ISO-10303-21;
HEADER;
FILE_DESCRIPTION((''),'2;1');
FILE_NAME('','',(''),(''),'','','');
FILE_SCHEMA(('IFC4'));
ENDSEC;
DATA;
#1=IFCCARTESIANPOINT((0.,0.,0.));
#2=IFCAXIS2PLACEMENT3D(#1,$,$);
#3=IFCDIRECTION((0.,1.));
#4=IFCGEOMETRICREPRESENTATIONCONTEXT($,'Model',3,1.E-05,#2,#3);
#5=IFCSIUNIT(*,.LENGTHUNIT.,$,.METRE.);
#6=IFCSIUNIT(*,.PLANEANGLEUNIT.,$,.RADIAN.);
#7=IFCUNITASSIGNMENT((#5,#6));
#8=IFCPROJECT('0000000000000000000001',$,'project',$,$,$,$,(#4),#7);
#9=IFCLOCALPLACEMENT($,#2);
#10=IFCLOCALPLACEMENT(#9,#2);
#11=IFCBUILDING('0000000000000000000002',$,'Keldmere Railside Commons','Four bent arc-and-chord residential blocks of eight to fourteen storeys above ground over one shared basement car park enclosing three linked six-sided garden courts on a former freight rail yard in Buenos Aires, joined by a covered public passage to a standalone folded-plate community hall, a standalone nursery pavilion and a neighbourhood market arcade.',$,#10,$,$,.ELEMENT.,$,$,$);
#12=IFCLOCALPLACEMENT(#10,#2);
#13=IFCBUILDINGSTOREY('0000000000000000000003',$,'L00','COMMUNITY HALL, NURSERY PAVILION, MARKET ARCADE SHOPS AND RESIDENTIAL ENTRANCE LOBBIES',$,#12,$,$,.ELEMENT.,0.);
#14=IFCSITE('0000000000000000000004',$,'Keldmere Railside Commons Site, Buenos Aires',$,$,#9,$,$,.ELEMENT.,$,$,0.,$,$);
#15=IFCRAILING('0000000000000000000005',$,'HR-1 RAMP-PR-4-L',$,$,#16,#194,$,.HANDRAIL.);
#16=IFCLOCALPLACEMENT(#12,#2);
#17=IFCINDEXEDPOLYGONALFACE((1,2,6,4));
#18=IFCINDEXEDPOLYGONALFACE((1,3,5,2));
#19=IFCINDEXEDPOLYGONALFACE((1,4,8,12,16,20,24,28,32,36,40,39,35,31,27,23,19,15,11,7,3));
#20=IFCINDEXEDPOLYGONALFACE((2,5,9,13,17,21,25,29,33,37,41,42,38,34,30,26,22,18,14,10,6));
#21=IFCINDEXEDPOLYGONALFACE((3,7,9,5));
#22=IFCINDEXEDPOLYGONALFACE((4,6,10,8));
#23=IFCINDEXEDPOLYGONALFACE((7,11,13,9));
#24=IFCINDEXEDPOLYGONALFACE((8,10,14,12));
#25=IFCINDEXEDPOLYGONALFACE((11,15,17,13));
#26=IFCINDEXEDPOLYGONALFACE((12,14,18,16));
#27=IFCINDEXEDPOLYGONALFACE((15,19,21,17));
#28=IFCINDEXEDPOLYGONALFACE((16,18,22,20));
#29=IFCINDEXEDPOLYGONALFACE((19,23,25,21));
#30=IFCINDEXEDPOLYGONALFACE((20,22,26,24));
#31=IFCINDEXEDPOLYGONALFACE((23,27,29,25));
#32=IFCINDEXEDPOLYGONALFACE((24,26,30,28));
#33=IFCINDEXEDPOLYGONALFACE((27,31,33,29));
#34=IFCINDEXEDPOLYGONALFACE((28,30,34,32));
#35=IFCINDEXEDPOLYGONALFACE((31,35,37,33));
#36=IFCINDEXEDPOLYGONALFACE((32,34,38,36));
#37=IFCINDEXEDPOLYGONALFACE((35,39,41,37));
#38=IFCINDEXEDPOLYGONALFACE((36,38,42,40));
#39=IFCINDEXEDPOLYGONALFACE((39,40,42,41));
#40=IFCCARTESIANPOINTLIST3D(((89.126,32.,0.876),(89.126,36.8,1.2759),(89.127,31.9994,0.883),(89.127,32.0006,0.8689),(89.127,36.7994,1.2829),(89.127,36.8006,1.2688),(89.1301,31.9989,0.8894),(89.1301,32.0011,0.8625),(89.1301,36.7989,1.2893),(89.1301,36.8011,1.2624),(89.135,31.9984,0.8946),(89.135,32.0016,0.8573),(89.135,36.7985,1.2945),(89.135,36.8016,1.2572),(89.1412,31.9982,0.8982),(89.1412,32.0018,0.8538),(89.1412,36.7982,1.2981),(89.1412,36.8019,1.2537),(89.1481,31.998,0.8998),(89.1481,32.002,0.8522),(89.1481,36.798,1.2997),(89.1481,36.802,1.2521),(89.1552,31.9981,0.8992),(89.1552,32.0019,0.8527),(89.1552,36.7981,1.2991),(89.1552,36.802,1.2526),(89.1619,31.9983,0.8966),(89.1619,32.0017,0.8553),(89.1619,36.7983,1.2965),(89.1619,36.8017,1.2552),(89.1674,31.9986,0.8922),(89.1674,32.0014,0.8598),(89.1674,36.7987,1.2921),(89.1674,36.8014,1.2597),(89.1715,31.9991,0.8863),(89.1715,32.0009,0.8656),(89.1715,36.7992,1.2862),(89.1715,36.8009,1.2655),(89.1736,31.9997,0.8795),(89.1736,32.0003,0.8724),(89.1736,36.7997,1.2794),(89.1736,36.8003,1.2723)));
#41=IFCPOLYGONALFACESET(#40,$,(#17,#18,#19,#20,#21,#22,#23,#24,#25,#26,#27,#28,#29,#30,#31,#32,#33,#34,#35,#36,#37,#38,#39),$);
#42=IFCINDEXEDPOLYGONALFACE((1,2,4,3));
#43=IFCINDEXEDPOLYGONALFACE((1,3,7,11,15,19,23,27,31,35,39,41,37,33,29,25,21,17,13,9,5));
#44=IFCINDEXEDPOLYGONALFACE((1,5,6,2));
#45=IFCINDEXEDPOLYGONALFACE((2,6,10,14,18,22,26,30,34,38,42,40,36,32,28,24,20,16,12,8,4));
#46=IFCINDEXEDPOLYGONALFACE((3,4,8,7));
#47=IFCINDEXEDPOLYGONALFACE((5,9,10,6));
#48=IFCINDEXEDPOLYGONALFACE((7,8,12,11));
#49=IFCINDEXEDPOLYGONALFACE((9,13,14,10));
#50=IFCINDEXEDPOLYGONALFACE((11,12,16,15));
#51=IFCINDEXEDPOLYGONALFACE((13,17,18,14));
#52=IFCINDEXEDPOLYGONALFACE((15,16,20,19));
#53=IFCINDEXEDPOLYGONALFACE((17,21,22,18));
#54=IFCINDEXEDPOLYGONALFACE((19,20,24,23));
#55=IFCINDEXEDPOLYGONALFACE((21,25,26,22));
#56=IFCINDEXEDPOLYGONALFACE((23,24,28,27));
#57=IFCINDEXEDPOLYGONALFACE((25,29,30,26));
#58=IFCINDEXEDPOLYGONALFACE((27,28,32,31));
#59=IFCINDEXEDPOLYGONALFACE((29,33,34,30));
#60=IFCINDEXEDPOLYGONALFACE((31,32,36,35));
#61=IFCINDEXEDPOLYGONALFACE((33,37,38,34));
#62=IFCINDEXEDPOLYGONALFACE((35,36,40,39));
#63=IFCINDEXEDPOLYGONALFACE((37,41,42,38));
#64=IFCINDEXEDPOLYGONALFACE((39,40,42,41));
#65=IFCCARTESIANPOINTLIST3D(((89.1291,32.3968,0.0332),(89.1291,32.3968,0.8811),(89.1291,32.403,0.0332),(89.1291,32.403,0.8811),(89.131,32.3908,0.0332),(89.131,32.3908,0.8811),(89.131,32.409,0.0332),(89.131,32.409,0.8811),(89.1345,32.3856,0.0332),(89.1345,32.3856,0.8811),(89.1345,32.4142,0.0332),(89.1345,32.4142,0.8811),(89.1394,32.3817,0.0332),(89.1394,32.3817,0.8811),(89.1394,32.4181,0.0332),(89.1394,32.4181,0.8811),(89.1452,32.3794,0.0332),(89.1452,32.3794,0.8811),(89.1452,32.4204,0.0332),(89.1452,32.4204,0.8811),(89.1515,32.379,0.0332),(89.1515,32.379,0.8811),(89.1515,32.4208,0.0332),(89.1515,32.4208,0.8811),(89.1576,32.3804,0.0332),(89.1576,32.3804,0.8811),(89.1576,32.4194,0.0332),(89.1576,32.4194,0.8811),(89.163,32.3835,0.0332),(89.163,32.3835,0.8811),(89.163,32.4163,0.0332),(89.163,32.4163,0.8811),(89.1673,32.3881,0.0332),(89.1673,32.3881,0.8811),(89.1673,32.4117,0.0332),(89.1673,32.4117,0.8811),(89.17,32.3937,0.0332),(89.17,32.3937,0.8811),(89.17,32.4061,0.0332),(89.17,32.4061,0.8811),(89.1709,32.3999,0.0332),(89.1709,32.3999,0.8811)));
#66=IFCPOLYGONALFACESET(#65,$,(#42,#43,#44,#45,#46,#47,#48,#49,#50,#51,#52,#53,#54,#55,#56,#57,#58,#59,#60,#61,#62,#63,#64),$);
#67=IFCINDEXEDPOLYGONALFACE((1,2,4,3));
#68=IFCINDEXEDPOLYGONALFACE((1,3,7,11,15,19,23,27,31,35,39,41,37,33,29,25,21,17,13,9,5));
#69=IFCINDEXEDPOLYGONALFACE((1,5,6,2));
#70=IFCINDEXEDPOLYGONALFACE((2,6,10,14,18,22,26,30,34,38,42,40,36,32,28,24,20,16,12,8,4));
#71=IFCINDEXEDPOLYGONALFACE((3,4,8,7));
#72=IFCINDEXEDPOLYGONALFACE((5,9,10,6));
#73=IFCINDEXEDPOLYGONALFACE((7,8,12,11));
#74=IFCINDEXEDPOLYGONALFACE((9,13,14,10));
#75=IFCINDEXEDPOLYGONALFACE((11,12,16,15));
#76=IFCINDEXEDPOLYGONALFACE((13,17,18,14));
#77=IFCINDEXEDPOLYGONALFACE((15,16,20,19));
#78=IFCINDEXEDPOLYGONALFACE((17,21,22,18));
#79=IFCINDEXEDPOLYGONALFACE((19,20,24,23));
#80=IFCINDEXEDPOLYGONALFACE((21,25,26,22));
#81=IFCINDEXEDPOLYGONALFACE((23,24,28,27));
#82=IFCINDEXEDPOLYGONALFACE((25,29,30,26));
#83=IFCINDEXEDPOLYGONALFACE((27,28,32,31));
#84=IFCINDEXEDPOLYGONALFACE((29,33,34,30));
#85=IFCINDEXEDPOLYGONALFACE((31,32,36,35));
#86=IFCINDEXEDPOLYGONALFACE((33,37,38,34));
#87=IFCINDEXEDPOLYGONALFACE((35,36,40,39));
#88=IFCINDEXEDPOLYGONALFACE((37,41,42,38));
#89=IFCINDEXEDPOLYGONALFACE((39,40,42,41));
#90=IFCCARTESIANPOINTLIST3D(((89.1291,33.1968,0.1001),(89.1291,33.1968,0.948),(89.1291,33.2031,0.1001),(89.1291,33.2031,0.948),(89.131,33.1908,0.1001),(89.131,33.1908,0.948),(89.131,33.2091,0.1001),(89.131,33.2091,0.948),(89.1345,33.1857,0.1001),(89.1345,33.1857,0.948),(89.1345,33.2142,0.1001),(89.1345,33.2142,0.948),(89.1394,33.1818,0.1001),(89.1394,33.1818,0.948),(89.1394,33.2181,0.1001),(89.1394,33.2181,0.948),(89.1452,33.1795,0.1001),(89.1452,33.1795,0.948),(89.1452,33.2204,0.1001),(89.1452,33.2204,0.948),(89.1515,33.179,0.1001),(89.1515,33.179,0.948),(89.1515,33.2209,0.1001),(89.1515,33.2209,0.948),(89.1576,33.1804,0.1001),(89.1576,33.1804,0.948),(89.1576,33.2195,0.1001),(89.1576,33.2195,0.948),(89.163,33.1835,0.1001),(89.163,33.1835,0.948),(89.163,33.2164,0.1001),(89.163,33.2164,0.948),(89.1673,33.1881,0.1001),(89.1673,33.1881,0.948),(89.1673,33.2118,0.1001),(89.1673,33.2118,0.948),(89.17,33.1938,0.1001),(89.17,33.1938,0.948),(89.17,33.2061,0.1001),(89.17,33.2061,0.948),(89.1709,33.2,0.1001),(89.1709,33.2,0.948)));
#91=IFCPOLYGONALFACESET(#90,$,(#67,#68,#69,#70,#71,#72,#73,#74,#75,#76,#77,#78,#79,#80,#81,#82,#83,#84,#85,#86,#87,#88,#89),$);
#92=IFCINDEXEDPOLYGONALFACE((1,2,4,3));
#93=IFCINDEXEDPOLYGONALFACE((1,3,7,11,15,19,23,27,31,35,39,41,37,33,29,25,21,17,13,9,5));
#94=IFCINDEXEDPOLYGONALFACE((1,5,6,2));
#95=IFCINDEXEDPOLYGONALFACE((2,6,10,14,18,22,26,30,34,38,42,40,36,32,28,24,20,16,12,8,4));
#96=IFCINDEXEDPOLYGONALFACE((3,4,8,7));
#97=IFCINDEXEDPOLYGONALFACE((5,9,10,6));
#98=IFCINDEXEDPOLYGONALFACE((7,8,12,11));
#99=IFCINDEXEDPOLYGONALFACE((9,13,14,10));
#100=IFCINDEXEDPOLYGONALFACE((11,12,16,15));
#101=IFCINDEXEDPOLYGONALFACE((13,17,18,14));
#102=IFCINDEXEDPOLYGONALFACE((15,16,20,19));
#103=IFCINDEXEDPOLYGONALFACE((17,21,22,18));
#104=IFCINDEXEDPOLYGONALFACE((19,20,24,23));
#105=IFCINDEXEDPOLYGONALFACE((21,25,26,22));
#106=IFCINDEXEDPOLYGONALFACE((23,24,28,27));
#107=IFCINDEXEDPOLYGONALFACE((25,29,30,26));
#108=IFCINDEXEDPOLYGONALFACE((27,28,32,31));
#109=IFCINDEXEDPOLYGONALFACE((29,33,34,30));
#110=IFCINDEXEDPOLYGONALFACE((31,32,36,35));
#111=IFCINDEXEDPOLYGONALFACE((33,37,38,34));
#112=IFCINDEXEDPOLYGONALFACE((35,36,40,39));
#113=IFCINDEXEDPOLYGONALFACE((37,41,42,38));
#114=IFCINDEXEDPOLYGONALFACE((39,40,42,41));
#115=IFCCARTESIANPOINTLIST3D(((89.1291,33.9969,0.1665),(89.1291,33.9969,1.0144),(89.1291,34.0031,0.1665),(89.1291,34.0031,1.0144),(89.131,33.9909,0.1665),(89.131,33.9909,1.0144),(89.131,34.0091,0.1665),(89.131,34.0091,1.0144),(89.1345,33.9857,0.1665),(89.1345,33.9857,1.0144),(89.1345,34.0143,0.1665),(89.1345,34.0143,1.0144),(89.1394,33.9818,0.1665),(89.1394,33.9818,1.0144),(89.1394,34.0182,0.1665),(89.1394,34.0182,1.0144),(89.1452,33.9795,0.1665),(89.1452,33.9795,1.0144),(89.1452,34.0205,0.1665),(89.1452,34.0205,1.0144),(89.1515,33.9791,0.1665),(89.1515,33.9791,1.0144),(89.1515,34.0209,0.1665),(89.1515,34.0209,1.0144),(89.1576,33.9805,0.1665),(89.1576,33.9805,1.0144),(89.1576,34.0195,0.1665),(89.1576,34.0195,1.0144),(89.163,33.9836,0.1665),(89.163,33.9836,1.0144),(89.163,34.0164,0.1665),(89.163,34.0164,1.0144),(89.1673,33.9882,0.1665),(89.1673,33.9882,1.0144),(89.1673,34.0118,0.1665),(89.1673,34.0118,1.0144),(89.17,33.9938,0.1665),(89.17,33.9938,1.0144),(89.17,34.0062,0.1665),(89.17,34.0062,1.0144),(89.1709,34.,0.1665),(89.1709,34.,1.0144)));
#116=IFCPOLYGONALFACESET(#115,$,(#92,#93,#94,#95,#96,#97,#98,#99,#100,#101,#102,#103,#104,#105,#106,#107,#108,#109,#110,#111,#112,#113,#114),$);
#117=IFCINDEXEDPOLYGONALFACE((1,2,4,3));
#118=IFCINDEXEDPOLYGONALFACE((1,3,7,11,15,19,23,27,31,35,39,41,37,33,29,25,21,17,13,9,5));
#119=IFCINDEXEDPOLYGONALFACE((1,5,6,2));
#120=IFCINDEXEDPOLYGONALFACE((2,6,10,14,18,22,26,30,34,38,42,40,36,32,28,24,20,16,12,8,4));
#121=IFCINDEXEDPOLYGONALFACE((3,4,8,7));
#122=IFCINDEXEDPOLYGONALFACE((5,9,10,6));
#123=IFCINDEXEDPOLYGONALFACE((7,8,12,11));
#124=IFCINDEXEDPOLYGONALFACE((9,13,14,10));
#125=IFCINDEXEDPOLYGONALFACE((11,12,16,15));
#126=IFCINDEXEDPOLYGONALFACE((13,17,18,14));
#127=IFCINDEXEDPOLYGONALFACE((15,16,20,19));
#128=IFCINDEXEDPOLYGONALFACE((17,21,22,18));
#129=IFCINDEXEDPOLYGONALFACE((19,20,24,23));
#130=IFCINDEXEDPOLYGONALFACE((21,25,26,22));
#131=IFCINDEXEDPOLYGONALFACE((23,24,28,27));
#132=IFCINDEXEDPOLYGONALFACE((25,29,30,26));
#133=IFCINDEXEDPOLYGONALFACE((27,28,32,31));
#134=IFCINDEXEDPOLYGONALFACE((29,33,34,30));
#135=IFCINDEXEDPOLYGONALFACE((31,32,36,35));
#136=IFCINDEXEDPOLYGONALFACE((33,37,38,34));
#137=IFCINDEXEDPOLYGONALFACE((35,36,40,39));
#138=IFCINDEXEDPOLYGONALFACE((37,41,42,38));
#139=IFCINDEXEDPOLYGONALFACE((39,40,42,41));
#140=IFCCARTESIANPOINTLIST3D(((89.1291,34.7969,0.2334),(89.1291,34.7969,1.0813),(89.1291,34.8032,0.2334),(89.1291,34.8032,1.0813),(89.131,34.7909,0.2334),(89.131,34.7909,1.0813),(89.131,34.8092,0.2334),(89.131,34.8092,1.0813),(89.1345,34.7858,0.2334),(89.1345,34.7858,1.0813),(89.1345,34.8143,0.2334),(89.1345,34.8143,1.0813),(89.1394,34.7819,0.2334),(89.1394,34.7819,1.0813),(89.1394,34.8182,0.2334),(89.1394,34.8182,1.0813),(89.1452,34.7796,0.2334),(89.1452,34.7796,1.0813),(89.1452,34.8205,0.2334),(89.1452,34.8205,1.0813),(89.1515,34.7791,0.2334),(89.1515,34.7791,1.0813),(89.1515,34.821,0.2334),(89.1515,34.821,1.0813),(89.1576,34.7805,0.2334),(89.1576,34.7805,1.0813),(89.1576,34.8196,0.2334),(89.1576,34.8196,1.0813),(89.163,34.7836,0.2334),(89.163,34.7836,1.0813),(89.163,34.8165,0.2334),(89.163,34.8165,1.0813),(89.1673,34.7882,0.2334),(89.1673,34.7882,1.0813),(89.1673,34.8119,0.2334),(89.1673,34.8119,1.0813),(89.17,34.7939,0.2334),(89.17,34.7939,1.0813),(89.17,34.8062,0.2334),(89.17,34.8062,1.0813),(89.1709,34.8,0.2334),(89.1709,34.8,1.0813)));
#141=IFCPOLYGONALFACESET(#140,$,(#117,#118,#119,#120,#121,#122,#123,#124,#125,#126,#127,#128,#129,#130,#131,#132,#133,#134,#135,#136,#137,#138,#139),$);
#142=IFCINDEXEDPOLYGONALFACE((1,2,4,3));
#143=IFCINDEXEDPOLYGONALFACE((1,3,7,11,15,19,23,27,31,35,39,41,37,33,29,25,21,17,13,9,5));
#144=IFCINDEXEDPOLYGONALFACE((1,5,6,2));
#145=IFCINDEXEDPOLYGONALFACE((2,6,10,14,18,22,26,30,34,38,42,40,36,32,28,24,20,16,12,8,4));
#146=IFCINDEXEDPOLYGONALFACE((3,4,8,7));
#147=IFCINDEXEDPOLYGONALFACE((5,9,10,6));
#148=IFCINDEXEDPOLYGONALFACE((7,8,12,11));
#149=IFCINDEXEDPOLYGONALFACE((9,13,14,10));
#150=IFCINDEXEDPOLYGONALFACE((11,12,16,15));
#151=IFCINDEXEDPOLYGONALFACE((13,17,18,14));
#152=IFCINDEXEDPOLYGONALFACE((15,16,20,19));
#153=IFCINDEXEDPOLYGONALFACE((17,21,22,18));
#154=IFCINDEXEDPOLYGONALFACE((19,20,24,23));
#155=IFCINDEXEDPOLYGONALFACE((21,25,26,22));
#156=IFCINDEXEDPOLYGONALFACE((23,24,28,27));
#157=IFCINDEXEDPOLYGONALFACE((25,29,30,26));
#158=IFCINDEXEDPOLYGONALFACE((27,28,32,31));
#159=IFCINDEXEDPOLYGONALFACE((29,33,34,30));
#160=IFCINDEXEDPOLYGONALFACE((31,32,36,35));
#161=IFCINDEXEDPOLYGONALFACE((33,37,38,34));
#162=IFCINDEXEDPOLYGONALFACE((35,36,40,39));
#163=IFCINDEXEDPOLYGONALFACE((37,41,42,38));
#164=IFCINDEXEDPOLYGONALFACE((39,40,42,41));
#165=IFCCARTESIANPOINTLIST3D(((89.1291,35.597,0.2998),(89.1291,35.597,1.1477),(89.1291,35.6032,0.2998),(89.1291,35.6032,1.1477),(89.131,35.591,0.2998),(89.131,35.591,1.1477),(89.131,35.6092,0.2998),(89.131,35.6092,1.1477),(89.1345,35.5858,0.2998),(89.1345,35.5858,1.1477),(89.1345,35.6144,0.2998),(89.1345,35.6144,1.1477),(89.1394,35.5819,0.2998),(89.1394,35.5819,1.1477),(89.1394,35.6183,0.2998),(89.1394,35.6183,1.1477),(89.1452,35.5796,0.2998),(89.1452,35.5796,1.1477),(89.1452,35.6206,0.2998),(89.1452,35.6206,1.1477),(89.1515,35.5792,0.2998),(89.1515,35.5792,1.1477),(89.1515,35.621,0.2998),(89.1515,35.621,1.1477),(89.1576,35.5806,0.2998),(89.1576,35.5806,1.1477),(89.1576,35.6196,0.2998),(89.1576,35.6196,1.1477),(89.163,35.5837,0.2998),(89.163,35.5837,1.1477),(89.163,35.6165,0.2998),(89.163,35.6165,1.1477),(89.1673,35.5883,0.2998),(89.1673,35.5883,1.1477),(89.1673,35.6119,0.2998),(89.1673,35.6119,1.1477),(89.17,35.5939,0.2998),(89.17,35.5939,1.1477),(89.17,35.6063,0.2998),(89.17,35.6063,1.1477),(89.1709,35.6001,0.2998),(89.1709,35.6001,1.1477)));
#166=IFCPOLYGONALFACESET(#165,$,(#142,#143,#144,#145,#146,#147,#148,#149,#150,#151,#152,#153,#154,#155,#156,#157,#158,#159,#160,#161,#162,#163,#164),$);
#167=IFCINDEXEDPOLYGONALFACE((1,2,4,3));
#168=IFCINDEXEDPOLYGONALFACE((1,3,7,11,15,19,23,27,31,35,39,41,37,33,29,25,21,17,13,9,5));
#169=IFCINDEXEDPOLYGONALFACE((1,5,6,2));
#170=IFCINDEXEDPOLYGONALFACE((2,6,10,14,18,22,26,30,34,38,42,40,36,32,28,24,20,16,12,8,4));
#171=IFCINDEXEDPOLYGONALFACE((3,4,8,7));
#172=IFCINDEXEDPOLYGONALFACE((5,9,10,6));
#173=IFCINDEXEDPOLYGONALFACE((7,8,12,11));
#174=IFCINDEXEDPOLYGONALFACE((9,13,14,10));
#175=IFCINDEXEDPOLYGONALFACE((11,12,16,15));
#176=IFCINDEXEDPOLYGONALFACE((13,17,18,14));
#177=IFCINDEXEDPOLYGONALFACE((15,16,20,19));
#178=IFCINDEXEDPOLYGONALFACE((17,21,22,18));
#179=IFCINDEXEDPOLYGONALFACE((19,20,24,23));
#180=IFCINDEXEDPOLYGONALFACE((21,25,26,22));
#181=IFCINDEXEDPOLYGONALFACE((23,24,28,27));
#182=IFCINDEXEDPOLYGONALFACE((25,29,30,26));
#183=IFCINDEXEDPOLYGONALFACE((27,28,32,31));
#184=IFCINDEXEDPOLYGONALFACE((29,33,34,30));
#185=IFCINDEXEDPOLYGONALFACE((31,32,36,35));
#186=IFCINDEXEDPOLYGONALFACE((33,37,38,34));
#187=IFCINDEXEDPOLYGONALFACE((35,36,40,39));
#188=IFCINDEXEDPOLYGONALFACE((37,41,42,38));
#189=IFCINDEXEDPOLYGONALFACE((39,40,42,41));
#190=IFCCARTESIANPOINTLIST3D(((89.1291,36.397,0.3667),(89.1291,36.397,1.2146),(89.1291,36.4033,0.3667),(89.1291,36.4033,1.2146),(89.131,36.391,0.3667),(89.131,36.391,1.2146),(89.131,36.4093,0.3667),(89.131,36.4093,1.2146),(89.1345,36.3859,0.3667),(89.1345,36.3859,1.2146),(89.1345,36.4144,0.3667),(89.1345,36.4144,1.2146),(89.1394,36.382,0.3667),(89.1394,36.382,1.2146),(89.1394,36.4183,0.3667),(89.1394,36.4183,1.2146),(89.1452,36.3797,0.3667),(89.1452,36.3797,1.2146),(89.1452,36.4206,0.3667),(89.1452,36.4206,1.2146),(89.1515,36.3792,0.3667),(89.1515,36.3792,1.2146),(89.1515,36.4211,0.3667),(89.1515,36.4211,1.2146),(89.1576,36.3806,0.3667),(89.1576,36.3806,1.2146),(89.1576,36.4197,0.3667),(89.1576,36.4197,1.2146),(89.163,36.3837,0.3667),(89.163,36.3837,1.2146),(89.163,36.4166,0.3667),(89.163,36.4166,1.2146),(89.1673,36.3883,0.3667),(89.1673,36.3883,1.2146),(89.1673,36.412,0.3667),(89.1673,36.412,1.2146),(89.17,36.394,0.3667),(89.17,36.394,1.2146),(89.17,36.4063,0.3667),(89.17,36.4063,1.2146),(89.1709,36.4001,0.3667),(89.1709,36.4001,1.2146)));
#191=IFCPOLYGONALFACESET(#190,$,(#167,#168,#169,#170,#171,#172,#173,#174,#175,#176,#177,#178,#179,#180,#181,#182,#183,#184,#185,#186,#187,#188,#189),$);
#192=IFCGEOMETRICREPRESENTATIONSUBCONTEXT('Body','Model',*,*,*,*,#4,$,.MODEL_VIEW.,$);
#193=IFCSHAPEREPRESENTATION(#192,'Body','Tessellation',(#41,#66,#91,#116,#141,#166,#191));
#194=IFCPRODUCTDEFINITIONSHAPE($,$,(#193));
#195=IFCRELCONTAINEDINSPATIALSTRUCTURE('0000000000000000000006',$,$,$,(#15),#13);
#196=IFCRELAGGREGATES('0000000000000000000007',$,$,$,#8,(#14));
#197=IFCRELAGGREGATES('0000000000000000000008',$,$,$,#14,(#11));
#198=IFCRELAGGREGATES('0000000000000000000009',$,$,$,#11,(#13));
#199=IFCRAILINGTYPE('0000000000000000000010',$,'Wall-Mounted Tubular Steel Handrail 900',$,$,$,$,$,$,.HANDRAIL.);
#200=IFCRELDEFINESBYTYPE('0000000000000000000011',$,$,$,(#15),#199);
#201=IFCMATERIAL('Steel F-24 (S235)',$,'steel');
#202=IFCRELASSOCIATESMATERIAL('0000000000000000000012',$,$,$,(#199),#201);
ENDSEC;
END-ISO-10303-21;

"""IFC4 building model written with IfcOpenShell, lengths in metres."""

from ifc_helpers import new_model, si_unit, direction, frame, origin, origin_2d, place, context, subcontext, project, spatial, circle, extrude, material, type_object, element, save


model = new_model("IFC4")

# Units and contexts
model_context = context("Model", 3, precision=1e-05, world=origin(), true_north=direction((0.0, 1.0)))
body_context = subcontext(model_context, "Body", "Model", "MODEL_VIEW")
ifc_project = project(units=[si_unit("LENGTHUNIT", "METRE"), si_unit("PLANEANGLEUNIT", "RADIAN")], contexts=[model_context])

# Site, building, storey
site_placement = place(None, origin())
site = spatial("IfcSite", under=ifc_project, at=site_placement, Name="Keldmere Railside Commons Site, Buenos Aires", CompositionType="ELEMENT", RefElevation=0.0)
building_placement = place(site_placement, origin())
building = spatial("IfcBuilding", under=site, at=building_placement, Name="Keldmere Railside Commons", Description="Four bent arc-and-chord residential blocks of eight to fourteen storeys above ground over one shared basement car park enclosing three linked six-sided garden courts on a former freight rail yard in Buenos Aires, joined by a covered public passage to a standalone folded-plate community hall, a standalone nursery pavilion and a neighbourhood market arcade.", CompositionType="ELEMENT")
storey_placement = place(building_placement, origin())
storey = spatial("IfcBuildingStorey", under=building, at=storey_placement, Name="L00", Description="COMMUNITY HALL, NURSERY PAVILION, MARKET ARCADE SHOPS AND RESIDENTIAL ENTRANCE LOBBIES", CompositionType="ELEMENT", Elevation=0.0)

# Railing
ifc_material_1 = material(Name="Steel F-24 (S235)", Category="steel")
railing_type_1 = type_object("IfcRailingType", Name="Wall-Mounted Tubular Steel Handrail 900", PredefinedType="HANDRAIL", material=ifc_material_1)
for number, where, name in (
    (1, (89.1499, 32.0, 0.0), "HR-1 RAMP-PR-4-L"),
):
    element("IfcRailing", number, at=place(storey_placement, frame(where)), inside=storey, type_object=railing_type_1, Name=name, PredefinedType="HANDRAIL", context=body_context, shape_type="SweptSolid", body=[
        extrude(circle(Radius=0.0239, at=origin_2d()), frame((0.0, 0.0, 0.876), z_axis=(0.0, 0.996548, 0.083025), x_axis=(-1.0, 0.0, 0.0)), (0.0, 0.0, 1.0), 4.8167),
        extrude(circle(Radius=0.021, at=origin_2d()), frame((0.0, 0.3999, 0.0332)), (0.0, 0.0, 1.0), 0.8479),
        extrude(circle(Radius=0.021, at=origin_2d()), frame((0.0, 1.2, 0.1001)), (0.0, 0.0, 1.0), 0.8479),
        extrude(circle(Radius=0.021, at=origin_2d()), frame((0.0, 2.0, 0.1665)), (0.0, 0.0, 1.0), 0.8479),
        extrude(circle(Radius=0.021, at=origin_2d()), frame((0.0, 2.8, 0.2334)), (0.0, 0.0, 1.0), 0.8479),
        extrude(circle(Radius=0.021, at=origin_2d()), frame((0.0, 3.6001, 0.2998)), (0.0, 0.0, 1.0), 0.8479),
        extrude(circle(Radius=0.021, at=origin_2d()), frame((0.0, 4.4001, 0.3667)), (0.0, 0.0, 1.0), 0.8479),
    ])

save(model, "model.ifc")
